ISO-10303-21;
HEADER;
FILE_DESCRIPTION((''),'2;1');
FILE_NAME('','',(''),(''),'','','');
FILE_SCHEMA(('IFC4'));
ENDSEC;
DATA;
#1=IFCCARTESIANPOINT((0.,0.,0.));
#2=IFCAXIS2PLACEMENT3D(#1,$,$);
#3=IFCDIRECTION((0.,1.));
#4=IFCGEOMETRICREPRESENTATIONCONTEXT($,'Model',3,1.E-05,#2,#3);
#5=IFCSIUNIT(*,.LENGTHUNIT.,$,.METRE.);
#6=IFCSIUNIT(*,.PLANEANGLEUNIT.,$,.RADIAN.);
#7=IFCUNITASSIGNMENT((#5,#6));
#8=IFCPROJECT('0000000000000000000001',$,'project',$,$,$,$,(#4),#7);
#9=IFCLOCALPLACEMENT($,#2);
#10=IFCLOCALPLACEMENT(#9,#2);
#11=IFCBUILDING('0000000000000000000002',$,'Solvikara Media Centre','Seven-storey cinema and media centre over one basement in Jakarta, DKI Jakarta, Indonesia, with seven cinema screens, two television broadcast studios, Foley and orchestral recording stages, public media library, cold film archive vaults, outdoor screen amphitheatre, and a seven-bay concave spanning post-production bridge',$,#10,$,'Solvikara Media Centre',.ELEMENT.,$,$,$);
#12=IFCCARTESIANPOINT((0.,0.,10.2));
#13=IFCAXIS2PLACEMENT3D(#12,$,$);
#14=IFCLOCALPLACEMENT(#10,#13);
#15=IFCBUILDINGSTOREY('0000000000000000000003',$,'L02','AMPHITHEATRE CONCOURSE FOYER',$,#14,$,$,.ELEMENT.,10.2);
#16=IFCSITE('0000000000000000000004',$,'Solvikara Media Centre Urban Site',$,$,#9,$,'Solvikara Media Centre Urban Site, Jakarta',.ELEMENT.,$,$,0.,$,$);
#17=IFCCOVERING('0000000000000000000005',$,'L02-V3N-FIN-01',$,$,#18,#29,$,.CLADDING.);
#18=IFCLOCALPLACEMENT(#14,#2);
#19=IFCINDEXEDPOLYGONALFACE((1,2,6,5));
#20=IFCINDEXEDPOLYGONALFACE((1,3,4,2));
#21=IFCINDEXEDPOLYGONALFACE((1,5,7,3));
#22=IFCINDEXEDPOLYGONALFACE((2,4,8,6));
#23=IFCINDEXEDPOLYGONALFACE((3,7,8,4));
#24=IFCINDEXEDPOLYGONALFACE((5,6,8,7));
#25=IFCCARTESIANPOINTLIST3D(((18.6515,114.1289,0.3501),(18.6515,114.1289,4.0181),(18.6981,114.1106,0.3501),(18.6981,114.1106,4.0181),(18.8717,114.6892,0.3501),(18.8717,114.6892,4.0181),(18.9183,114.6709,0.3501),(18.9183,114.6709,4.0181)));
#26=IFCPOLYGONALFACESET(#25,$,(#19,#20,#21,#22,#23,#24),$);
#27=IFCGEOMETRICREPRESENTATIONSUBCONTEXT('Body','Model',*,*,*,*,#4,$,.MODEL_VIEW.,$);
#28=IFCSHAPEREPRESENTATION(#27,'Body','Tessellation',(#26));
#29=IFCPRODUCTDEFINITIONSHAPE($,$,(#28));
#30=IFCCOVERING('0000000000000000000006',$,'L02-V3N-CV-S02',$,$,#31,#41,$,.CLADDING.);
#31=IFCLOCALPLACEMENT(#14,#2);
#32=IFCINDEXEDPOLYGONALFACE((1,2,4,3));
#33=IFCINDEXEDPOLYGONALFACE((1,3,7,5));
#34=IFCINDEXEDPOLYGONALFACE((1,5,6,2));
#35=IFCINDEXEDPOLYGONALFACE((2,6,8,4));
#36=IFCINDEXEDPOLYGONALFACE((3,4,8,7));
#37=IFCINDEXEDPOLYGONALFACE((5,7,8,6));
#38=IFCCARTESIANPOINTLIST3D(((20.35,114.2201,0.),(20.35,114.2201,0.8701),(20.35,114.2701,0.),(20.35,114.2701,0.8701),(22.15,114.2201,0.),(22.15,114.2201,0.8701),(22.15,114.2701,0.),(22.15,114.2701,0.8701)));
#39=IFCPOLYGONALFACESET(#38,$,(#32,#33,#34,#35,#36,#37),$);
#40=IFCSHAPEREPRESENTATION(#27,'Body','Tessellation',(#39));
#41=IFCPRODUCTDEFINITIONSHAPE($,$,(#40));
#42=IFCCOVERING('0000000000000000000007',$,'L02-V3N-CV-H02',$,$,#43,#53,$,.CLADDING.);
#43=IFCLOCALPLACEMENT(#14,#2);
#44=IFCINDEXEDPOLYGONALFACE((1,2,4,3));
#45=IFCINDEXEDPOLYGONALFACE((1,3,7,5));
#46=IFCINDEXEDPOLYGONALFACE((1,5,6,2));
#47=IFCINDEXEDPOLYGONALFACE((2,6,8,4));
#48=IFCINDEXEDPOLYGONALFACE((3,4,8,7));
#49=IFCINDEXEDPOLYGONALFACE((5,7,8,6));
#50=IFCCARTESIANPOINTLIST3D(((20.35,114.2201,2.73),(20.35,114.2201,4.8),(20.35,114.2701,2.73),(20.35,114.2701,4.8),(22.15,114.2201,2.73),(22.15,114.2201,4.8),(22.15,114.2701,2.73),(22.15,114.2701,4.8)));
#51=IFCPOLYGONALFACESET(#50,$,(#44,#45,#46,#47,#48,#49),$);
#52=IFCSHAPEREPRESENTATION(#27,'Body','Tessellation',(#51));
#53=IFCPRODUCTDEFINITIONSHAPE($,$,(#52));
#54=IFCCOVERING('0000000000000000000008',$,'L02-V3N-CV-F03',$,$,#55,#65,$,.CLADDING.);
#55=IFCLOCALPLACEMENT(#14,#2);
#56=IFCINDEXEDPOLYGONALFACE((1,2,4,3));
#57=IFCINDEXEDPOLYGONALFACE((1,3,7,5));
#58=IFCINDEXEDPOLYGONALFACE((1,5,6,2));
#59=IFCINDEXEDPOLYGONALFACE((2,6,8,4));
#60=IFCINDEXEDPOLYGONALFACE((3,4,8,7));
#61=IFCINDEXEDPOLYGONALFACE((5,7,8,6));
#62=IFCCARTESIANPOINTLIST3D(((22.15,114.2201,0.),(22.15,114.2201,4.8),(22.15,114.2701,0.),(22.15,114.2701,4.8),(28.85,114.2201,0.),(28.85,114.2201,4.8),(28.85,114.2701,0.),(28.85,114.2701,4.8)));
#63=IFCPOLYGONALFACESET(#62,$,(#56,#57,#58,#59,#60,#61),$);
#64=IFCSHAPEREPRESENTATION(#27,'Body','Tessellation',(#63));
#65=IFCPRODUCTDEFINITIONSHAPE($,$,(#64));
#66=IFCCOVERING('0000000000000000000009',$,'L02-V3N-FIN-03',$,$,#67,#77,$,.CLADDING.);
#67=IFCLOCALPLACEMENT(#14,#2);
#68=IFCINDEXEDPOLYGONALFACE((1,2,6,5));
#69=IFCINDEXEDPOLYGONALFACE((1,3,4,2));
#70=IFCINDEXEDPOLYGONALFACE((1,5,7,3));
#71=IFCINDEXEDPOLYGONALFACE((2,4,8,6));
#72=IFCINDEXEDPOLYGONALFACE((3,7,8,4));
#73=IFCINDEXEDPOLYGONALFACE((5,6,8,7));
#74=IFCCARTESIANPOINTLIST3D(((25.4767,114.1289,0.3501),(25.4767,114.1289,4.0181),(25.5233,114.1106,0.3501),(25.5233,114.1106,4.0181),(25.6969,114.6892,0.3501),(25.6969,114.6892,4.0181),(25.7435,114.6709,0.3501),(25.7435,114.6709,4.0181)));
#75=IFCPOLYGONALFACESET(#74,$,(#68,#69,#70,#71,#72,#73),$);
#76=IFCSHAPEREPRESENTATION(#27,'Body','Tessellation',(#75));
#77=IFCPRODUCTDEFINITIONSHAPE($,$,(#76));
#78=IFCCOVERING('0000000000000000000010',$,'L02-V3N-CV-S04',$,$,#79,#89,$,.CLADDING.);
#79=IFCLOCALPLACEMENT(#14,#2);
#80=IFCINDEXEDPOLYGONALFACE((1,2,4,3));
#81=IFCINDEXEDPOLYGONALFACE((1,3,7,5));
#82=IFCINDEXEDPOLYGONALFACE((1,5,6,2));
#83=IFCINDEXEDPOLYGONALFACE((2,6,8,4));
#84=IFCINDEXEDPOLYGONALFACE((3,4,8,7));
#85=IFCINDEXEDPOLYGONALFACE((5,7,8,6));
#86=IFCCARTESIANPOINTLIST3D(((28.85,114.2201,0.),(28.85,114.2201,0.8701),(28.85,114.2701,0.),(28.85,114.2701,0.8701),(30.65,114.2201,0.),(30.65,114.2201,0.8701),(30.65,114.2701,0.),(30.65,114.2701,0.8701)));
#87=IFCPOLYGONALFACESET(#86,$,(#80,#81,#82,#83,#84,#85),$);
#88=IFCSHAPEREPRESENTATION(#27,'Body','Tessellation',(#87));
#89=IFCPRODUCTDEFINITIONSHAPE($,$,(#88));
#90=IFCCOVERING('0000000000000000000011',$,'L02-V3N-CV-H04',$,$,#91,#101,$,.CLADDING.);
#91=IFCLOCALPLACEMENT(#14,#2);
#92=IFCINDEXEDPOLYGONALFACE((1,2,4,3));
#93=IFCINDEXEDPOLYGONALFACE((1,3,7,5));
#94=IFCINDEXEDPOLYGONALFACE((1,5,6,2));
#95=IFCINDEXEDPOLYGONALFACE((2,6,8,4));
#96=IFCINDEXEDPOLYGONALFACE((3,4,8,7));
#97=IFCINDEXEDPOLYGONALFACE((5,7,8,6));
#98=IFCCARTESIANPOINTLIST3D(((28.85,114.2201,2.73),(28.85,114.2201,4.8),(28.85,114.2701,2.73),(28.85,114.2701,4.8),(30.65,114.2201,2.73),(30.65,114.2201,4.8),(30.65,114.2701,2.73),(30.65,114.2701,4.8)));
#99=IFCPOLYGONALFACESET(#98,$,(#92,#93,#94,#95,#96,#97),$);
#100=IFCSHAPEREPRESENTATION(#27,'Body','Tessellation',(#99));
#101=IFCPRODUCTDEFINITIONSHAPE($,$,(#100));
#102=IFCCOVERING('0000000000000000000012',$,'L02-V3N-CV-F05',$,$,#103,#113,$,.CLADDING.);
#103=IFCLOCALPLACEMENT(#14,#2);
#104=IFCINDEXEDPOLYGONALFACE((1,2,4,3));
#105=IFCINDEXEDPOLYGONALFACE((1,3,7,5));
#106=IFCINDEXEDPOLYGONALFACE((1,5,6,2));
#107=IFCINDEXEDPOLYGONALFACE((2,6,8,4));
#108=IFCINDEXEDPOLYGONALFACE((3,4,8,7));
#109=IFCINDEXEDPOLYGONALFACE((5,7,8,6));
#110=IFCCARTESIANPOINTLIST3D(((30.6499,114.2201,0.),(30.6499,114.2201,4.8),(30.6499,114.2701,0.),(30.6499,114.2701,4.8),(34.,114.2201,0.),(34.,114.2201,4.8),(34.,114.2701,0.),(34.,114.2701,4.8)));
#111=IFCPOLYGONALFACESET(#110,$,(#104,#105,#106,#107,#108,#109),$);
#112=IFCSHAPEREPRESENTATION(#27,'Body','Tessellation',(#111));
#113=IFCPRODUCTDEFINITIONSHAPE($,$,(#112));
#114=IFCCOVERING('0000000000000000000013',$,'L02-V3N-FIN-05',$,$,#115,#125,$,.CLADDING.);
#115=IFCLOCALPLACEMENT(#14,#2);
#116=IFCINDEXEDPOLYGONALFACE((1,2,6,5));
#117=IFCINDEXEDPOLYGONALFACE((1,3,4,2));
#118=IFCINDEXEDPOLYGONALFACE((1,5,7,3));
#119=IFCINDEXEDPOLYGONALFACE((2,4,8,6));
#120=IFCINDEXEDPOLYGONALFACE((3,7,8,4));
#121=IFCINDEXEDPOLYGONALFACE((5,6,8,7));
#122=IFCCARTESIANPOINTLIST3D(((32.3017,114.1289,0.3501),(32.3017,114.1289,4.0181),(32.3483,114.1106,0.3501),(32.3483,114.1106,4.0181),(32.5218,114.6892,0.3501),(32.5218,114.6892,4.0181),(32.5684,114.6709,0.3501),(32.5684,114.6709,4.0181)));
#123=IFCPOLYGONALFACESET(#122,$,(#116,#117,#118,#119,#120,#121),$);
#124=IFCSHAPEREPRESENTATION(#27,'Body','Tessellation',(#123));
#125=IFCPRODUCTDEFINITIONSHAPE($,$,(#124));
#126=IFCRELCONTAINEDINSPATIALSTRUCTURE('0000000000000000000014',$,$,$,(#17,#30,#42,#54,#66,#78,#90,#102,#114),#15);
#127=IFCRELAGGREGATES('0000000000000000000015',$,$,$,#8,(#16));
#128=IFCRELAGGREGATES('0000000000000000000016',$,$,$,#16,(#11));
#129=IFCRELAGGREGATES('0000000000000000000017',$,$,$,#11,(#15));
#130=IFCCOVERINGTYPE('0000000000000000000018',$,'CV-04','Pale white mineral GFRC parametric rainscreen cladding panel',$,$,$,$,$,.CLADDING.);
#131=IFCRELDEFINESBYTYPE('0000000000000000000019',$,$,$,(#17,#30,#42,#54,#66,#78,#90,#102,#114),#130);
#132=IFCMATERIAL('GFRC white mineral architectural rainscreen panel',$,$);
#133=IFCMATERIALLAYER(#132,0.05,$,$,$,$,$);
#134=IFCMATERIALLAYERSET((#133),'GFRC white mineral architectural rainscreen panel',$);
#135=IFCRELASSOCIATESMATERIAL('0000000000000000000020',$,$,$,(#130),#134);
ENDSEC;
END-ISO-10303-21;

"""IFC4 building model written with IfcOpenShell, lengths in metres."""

from ifc_helpers import new_model, si_unit, direction, frame, origin, origin_2d, place, context, subcontext, project, spatial, rectangle, extrude, material, layer, layer_set, type_object, element, save


model = new_model("IFC4")

# Units and contexts
model_context = context("Model", 3, precision=1e-05, world=origin(), true_north=direction((0.0, 1.0)))
body_context = subcontext(model_context, "Body", "Model", "MODEL_VIEW")
ifc_project = project(units=[si_unit("LENGTHUNIT", "METRE"), si_unit("PLANEANGLEUNIT", "RADIAN")], contexts=[model_context])

# Site, building, storey
site_placement = place(None, origin())
site = spatial("IfcSite", under=ifc_project, at=site_placement, Name="Solvikara Media Centre Urban Site", LongName="Solvikara Media Centre Urban Site, Jakarta", CompositionType="ELEMENT", RefElevation=0.0)
building_placement = place(site_placement, origin())
building = spatial("IfcBuilding", under=site, at=building_placement, Name="Solvikara Media Centre", Description="Seven-storey cinema and media centre over one basement in Jakarta, DKI Jakarta, Indonesia, with seven cinema screens, two television broadcast studios, Foley and orchestral recording stages, public media library, cold film archive vaults, outdoor screen amphitheatre, and a seven-bay concave spanning post-production bridge", LongName="Solvikara Media Centre", CompositionType="ELEMENT")
storey_placement = place(building_placement, frame((0.0, 0.0, 10.2)))
storey = spatial("IfcBuildingStorey", under=building, at=storey_placement, Name="L02", Description="AMPHITHEATRE CONCOURSE FOYER", CompositionType="ELEMENT", Elevation=10.2)

# Coverings
ifc_material_1 = material(Name="GFRC white mineral architectural rainscreen panel")
ifc_layer_1 = layer(ifc_material_1, 0.05)
ifc_layer_set_1 = layer_set([ifc_layer_1], Name="GFRC white mineral architectural rainscreen panel")
covering_type = type_object("IfcCoveringType", Name="CV-04", Description="Pale white mineral GFRC parametric rainscreen cladding panel", PredefinedType="CLADDING", material=ifc_layer_set_1)
covering_1_placement = place(storey_placement, frame((18.7849, 114.3999, 0.3501), z_axis=(0.0, 0.0, 1.0), x_axis=(0.365657, 0.93075, 0.0)))
element("IfcCovering", 1, at=covering_1_placement, inside=storey, type_object=covering_type, Name="L02-V3N-FIN-01", PredefinedType="CLADDING", context=body_context, shape_type="SweptSolid", body=[
    extrude(rectangle(XDim=0.6021, YDim=0.05, at=origin_2d()), origin(), (0.0, 0.0, 1.0), 3.668),
])
covering_2_placement = place(storey_placement, frame((21.25, 114.2451, 0.0), z_axis=(0.0, 0.0, 1.0), x_axis=(1.0, 0.0, 0.0)))
element("IfcCovering", 2, at=covering_2_placement, inside=storey, type_object=covering_type, Name="L02-V3N-CV-S02", PredefinedType="CLADDING", context=body_context, shape_type="SweptSolid", body=[
    extrude(rectangle(XDim=1.8, YDim=0.05, at=origin_2d()), origin(), (0.0, 0.0, 1.0), 0.8701),
])
covering_3_placement = place(storey_placement, frame((21.25, 114.2451, 2.73), z_axis=(0.0, 0.0, 1.0), x_axis=(1.0, 0.0, 0.0)))
element("IfcCovering", 3, at=covering_3_placement, inside=storey, type_object=covering_type, Name="L02-V3N-CV-H02", PredefinedType="CLADDING", context=body_context, shape_type="SweptSolid", body=[
    extrude(rectangle(XDim=1.8, YDim=0.05, at=origin_2d()), origin(), (0.0, 0.0, 1.0), 2.0701),
])
covering_4_placement = place(storey_placement, frame((25.5, 114.2451, 0.0), z_axis=(0.0, 0.0, 1.0), x_axis=(1.0, 0.0, 0.0)))
element("IfcCovering", 4, at=covering_4_placement, inside=storey, type_object=covering_type, Name="L02-V3N-CV-F03", PredefinedType="CLADDING", context=body_context, shape_type="SweptSolid", body=[
    extrude(rectangle(XDim=6.7, YDim=0.05, at=origin_2d()), origin(), (0.0, 0.0, 1.0), 4.8),
])
covering_5_placement = place(storey_placement, frame((25.6101, 114.3999, 0.3501), z_axis=(0.0, 0.0, 1.0), x_axis=(0.365657, 0.93075, 0.0)))
element("IfcCovering", 5, at=covering_5_placement, inside=storey, type_object=covering_type, Name="L02-V3N-FIN-03", PredefinedType="CLADDING", context=body_context, shape_type="SweptSolid", body=[
    extrude(rectangle(XDim=0.6021, YDim=0.05, at=origin_2d()), origin(), (0.0, 0.0, 1.0), 3.668),
])
covering_6_placement = place(storey_placement, frame((29.75, 114.2451, 0.0), z_axis=(0.0, 0.0, 1.0), x_axis=(1.0, 0.0, 0.0)))
element("IfcCovering", 6, at=covering_6_placement, inside=storey, type_object=covering_type, Name="L02-V3N-CV-S04", PredefinedType="CLADDING", context=body_context, shape_type="SweptSolid", body=[
    extrude(rectangle(XDim=1.8, YDim=0.05, at=origin_2d()), origin(), (0.0, 0.0, 1.0), 0.8701),
])
covering_7_placement = place(storey_placement, frame((29.75, 114.2451, 2.73), z_axis=(0.0, 0.0, 1.0), x_axis=(1.0, 0.0, 0.0)))
element("IfcCovering", 7, at=covering_7_placement, inside=storey, type_object=covering_type, Name="L02-V3N-CV-H04", PredefinedType="CLADDING", context=body_context, shape_type="SweptSolid", body=[
    extrude(rectangle(XDim=1.8, YDim=0.05, at=origin_2d()), origin(), (0.0, 0.0, 1.0), 2.0701),
])
covering_8_placement = place(storey_placement, frame((32.325, 114.2451, 0.0), z_axis=(0.0, 0.0, 1.0), x_axis=(1.0, 0.0, 0.0)))
element("IfcCovering", 8, at=covering_8_placement, inside=storey, type_object=covering_type, Name="L02-V3N-CV-F05", PredefinedType="CLADDING", context=body_context, shape_type="SweptSolid", body=[
    extrude(rectangle(XDim=3.3501, YDim=0.05, at=origin_2d()), origin(), (0.0, 0.0, 1.0), 4.8),
])
covering_9_placement = place(storey_placement, frame((32.4351, 114.3999, 0.3501), z_axis=(0.0, 0.0, 1.0), x_axis=(0.365657, 0.93075, 0.0)))
element("IfcCovering", 9, at=covering_9_placement, inside=storey, type_object=covering_type, Name="L02-V3N-FIN-05", PredefinedType="CLADDING", context=body_context, shape_type="SweptSolid", body=[
    extrude(rectangle(XDim=0.6021, YDim=0.05, at=origin_2d()), origin(), (0.0, 0.0, 1.0), 3.668),
])

save(model, "model.ifc")
